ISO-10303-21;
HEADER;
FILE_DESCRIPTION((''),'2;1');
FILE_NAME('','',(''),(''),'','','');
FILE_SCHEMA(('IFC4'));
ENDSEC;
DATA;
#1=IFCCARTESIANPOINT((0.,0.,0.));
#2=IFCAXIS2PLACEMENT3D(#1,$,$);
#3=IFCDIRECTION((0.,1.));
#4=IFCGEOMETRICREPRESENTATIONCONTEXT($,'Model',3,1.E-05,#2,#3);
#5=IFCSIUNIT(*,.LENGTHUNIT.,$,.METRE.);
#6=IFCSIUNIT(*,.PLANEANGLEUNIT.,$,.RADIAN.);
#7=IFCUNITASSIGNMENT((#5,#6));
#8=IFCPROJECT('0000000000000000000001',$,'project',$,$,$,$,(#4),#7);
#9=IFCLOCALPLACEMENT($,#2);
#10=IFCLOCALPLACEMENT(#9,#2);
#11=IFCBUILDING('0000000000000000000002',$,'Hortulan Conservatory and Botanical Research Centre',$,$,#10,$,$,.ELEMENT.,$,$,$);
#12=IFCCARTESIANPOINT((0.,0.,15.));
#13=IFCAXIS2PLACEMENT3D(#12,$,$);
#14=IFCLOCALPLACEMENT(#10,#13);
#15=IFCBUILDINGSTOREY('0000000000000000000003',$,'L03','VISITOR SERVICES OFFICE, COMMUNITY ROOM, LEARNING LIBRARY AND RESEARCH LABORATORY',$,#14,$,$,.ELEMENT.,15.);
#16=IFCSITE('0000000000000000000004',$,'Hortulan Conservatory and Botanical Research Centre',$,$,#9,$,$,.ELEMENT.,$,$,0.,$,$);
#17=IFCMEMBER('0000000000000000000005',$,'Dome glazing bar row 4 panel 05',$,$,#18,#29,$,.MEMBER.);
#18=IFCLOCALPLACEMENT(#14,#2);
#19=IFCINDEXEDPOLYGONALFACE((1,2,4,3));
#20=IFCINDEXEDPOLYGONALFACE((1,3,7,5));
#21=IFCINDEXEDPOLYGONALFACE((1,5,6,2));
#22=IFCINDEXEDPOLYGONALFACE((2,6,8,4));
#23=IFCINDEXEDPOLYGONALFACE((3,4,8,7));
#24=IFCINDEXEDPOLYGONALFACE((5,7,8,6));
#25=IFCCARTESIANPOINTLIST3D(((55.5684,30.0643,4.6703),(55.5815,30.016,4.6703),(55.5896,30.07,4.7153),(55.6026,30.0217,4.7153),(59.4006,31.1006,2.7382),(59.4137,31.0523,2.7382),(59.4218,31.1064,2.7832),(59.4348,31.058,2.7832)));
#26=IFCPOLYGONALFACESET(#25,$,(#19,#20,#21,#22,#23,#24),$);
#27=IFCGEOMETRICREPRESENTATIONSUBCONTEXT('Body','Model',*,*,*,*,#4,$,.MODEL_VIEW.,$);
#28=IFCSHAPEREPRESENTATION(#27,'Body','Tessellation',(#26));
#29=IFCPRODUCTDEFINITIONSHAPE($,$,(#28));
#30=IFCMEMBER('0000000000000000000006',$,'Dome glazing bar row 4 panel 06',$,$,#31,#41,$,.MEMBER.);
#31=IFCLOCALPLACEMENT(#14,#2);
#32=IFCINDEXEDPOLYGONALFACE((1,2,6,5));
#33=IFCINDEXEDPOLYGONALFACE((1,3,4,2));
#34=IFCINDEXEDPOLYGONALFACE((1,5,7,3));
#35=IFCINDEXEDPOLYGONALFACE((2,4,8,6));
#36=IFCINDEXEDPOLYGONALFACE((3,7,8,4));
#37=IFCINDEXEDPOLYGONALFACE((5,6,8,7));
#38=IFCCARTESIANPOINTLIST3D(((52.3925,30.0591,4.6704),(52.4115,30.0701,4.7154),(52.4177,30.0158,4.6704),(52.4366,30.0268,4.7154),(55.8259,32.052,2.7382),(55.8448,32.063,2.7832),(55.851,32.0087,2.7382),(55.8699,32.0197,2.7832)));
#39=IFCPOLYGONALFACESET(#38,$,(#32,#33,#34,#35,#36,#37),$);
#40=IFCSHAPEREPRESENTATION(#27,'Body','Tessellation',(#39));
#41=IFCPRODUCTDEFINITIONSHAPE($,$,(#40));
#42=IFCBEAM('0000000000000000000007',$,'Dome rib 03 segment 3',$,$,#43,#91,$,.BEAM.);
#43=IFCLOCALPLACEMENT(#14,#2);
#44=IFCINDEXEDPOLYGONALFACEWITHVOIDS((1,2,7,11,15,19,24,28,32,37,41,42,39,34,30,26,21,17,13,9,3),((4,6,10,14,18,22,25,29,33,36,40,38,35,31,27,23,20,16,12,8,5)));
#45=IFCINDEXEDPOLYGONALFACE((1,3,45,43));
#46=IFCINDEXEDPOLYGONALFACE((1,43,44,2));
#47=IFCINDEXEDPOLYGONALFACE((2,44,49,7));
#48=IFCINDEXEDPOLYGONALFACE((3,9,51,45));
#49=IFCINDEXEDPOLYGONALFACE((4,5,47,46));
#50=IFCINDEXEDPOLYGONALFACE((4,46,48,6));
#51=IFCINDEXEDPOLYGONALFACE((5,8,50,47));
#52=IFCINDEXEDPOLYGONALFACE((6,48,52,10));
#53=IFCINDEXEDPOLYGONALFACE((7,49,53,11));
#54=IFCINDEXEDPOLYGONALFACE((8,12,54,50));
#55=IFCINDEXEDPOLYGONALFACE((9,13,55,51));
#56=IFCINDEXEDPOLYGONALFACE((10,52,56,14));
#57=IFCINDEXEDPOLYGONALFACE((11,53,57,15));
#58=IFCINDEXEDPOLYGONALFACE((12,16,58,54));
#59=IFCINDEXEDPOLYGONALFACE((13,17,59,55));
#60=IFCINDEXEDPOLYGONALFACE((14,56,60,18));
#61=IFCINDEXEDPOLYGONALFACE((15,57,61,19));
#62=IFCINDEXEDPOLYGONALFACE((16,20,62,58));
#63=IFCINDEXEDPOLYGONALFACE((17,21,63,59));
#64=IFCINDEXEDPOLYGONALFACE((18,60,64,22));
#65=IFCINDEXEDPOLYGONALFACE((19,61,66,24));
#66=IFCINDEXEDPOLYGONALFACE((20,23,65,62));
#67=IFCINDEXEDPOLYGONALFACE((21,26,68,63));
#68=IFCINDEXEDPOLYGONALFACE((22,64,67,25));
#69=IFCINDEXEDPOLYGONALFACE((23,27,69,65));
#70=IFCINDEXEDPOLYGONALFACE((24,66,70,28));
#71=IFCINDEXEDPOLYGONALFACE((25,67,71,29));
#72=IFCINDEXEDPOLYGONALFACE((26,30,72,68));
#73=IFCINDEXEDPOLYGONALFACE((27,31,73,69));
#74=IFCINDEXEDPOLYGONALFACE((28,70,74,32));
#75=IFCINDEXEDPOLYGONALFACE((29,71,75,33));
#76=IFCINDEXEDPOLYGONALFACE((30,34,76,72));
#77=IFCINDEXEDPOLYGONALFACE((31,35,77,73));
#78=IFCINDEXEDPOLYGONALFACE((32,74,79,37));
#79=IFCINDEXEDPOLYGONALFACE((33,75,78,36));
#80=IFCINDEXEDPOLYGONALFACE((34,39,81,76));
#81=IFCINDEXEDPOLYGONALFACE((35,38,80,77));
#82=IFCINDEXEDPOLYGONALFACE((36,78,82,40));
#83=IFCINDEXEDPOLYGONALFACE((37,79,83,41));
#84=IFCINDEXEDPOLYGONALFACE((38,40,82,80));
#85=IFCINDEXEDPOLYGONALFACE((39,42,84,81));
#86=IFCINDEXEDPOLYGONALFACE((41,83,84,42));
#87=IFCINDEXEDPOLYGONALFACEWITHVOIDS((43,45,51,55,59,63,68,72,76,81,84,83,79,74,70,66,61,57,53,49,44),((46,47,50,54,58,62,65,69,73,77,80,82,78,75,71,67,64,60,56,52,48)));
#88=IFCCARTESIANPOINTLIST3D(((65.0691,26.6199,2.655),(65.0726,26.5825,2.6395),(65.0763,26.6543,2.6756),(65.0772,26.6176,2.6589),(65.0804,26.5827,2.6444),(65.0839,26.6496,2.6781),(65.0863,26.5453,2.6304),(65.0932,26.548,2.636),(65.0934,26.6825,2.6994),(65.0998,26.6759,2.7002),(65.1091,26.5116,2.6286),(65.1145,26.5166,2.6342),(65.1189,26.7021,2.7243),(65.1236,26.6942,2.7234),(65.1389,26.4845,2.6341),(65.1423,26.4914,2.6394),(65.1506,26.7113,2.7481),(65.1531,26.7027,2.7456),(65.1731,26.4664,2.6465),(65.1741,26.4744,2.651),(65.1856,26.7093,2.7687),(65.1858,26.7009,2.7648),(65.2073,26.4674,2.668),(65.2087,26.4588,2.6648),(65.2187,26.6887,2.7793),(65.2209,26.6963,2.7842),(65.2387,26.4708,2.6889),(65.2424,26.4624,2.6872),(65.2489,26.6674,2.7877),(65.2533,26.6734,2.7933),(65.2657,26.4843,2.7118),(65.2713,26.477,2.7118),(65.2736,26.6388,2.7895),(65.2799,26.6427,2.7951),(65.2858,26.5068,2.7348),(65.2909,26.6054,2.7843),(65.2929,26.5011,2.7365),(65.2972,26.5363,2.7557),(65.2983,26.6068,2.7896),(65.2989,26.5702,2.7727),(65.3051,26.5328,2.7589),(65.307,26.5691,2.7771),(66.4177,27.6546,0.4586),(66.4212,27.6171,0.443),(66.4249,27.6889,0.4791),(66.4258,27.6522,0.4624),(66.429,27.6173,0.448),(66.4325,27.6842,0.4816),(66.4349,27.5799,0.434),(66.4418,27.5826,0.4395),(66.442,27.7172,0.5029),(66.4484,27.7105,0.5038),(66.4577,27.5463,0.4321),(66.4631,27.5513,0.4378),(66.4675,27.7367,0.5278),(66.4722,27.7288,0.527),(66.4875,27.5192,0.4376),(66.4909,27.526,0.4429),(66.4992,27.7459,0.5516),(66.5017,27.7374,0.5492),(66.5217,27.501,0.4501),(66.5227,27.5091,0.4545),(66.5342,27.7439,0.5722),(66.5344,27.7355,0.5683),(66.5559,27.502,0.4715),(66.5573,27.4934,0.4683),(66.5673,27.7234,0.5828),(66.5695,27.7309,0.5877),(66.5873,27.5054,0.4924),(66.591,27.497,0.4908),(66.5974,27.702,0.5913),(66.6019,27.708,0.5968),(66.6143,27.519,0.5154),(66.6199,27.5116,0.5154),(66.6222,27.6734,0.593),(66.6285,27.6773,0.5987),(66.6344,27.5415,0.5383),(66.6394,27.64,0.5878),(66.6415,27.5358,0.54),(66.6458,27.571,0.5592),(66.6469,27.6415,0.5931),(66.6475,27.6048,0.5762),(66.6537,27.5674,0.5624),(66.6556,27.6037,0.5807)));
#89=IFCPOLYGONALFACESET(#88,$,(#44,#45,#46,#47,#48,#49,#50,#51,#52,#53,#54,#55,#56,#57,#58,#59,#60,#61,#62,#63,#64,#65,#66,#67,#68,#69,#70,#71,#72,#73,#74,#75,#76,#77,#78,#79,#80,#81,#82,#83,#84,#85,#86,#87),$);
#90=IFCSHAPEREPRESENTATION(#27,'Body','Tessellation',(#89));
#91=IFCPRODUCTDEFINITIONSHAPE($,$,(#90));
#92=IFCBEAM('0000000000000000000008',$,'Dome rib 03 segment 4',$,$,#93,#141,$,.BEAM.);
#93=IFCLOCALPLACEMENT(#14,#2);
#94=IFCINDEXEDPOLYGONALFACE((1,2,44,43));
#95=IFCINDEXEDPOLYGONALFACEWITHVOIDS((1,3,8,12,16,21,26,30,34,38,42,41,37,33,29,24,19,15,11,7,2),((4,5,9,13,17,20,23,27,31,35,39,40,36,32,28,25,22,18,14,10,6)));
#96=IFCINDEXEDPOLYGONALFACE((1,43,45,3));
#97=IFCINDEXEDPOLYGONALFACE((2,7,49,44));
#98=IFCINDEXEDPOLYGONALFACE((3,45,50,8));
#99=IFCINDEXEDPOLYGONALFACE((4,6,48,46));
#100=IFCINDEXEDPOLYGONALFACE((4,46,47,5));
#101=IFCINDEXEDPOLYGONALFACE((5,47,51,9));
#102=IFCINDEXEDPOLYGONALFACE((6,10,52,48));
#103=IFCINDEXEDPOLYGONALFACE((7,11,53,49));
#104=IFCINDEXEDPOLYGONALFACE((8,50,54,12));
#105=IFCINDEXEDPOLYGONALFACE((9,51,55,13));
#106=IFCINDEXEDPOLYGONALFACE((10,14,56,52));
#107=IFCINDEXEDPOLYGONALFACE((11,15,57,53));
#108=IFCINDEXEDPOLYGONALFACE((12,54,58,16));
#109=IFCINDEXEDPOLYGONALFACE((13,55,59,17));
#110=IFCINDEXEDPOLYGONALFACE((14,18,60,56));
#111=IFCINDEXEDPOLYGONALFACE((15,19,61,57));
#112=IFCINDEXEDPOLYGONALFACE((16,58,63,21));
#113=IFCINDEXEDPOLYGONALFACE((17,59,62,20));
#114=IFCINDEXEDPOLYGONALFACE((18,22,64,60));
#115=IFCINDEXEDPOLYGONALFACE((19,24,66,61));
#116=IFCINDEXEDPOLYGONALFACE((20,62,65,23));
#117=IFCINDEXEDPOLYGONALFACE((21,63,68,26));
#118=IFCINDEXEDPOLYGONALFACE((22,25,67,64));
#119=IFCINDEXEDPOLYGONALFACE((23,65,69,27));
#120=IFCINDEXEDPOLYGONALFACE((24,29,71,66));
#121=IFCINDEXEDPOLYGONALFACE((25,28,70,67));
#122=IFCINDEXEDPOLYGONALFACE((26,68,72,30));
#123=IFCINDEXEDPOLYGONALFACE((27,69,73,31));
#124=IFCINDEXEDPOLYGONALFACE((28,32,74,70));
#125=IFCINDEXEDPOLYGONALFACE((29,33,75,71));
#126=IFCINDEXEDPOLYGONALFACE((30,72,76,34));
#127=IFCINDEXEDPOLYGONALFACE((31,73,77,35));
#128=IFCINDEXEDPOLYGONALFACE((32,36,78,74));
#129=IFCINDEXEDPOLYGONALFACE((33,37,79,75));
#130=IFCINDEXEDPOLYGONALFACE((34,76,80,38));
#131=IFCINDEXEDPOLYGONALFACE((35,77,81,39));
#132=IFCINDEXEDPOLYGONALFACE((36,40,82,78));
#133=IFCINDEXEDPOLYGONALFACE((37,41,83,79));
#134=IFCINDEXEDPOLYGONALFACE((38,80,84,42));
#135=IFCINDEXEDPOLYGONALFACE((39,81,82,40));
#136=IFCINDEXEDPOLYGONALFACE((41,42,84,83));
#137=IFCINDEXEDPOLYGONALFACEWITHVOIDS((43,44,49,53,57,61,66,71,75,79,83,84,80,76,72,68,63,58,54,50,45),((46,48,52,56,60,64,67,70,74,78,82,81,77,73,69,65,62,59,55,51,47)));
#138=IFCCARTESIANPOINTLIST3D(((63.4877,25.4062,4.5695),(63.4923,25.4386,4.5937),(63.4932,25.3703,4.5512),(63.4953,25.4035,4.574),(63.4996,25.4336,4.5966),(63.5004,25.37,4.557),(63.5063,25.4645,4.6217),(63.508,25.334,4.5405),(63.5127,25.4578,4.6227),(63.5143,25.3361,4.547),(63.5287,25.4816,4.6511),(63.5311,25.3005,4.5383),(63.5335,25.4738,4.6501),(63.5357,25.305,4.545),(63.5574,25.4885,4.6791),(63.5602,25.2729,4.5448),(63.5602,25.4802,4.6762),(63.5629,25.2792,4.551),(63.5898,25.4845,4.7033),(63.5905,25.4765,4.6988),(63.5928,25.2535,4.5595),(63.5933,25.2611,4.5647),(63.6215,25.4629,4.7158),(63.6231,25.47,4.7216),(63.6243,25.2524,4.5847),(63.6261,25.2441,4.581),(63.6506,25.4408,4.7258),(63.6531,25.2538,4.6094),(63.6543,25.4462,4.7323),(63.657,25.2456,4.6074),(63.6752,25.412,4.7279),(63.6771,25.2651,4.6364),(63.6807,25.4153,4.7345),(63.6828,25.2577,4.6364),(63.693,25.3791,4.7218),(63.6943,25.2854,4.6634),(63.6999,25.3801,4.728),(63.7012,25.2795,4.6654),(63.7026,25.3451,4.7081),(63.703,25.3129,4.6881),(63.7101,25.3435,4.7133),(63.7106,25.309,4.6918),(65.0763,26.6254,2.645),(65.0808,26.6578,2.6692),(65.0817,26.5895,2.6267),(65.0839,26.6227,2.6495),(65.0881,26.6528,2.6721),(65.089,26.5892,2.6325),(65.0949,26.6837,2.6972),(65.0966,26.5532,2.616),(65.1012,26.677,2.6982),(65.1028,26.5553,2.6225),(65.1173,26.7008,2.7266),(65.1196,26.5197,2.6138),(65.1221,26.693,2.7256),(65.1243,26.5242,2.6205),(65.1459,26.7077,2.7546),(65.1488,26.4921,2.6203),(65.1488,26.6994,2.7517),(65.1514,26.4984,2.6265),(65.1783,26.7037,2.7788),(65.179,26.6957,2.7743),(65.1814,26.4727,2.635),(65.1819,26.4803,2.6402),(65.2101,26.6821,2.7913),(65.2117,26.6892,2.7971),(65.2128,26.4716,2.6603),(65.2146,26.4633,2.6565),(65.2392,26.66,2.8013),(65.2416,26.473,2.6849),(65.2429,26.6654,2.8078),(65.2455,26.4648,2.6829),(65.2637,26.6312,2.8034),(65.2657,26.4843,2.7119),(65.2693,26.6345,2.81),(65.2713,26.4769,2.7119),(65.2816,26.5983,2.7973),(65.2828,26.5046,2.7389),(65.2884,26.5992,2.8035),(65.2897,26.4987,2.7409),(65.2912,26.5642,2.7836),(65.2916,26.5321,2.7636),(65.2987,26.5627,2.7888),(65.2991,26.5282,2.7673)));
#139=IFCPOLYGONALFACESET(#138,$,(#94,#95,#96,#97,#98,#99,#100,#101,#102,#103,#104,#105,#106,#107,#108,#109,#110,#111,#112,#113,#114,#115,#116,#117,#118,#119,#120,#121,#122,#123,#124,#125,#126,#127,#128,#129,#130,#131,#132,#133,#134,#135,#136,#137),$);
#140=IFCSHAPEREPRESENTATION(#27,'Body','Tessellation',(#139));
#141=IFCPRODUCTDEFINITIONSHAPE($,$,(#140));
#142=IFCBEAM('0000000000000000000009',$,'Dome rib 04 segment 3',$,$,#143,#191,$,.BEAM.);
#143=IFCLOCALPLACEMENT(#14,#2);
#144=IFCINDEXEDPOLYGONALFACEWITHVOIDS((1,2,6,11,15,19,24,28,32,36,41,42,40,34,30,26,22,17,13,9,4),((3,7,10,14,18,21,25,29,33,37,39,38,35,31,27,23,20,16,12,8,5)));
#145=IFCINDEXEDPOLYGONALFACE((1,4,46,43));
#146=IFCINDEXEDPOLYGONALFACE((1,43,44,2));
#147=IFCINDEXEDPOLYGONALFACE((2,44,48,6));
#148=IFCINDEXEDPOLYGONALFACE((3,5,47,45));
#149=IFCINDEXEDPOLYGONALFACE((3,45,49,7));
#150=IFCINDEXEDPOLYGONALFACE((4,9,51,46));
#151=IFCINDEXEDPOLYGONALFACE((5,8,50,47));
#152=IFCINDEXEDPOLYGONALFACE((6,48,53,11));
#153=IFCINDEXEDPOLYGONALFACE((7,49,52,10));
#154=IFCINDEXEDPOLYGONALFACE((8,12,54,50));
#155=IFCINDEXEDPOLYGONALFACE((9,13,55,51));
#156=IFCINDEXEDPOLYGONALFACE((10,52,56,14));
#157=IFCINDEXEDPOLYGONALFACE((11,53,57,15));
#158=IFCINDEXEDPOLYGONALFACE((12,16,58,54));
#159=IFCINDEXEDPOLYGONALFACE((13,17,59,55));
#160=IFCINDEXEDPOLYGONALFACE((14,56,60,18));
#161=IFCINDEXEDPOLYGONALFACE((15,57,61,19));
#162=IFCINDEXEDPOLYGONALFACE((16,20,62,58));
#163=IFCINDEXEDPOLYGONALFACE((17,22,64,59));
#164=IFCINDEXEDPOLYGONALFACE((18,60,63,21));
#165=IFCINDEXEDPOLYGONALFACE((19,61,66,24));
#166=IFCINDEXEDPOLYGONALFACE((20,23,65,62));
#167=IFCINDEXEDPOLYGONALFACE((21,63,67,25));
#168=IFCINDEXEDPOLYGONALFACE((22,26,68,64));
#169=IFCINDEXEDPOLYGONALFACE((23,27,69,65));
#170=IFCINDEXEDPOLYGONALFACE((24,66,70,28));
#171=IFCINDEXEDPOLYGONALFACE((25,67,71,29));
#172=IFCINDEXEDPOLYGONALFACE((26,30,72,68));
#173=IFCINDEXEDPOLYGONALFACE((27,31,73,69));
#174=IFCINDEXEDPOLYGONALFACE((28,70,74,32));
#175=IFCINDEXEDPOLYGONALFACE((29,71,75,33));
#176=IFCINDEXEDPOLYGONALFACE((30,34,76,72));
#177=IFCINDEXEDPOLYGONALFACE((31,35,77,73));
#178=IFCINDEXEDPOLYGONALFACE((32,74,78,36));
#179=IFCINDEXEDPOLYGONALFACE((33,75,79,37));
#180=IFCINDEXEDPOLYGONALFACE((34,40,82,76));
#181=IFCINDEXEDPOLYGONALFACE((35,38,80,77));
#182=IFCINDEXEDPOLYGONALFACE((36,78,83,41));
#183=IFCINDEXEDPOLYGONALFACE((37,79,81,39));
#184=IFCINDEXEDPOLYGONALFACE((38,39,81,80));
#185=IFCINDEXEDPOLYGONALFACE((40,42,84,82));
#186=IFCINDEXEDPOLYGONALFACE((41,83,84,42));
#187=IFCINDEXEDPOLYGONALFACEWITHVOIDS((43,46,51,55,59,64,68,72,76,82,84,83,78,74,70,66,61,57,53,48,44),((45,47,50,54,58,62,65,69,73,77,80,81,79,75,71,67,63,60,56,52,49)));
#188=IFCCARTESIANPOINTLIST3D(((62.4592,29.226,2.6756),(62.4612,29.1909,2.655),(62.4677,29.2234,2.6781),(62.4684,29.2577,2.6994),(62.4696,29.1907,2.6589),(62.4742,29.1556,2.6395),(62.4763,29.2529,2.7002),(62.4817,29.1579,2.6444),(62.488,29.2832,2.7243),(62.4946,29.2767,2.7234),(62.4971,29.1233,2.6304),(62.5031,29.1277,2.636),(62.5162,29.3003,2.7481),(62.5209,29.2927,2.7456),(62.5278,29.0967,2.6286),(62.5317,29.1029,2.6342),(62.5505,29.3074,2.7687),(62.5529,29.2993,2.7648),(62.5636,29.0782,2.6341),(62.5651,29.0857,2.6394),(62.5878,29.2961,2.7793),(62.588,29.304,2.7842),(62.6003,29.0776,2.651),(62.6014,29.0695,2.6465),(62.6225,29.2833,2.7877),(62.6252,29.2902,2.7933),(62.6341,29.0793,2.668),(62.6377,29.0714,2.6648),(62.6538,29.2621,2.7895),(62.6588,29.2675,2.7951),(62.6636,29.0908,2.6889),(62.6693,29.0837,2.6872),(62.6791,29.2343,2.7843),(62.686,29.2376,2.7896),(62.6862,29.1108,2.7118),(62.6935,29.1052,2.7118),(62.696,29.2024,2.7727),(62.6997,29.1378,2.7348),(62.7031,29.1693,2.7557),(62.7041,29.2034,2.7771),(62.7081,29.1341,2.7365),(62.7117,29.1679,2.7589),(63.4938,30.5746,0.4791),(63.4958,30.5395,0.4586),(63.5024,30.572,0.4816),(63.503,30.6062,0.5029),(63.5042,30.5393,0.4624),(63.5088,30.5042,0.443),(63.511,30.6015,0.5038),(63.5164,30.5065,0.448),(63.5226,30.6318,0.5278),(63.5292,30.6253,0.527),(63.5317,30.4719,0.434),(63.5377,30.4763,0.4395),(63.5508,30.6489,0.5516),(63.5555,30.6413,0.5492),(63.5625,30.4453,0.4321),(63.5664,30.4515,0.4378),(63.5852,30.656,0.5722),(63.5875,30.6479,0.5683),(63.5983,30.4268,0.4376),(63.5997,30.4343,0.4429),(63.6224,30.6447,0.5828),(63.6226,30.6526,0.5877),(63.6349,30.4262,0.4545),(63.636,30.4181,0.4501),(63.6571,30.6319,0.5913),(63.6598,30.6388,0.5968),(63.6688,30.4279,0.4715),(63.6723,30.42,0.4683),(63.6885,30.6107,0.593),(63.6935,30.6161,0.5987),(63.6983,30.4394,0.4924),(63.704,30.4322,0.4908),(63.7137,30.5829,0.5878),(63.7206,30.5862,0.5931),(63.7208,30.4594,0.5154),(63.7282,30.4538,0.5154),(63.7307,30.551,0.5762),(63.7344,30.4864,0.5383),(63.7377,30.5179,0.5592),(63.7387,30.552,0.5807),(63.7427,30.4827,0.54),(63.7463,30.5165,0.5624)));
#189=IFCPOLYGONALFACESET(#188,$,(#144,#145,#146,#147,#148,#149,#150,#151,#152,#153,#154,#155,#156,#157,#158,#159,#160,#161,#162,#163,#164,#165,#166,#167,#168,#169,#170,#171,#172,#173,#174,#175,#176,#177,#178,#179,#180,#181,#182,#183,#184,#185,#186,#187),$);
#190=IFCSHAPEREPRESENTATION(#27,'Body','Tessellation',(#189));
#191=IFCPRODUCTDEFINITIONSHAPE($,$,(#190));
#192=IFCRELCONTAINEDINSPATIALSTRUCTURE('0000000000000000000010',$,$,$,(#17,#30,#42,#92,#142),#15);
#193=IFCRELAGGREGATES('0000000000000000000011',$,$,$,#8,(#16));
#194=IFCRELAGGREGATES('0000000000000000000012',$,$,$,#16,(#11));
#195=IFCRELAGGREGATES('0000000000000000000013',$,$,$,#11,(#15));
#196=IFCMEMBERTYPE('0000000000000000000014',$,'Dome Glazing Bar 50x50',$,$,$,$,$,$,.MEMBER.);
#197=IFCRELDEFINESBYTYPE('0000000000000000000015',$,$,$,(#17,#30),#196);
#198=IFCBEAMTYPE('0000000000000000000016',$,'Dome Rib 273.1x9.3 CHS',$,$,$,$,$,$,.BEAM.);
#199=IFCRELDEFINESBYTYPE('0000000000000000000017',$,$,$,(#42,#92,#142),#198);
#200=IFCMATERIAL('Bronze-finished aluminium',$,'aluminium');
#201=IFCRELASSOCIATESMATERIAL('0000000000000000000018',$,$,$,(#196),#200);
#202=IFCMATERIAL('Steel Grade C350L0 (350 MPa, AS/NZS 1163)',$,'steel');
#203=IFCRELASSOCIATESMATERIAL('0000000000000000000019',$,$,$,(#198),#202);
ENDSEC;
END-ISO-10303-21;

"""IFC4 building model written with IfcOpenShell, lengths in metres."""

from ifc_helpers import new_model, si_unit, direction, frame, origin, origin_2d, place, context, subcontext, project, spatial, rectangle, hollow_circle, extrude, material, material_profile, profile_set, type_object, element, save


model = new_model("IFC4")

# Units and contexts
model_context = context("Model", 3, precision=1e-05, world=origin(), true_north=direction((0.0, 1.0)))
body_context = subcontext(model_context, "Body", "Model", "MODEL_VIEW")
ifc_project = project(units=[si_unit("LENGTHUNIT", "METRE"), si_unit("PLANEANGLEUNIT", "RADIAN")], contexts=[model_context])

# Site, building, storey
site_placement = place(None, origin())
site = spatial("IfcSite", under=ifc_project, at=site_placement, Name="Hortulan Conservatory and Botanical Research Centre", CompositionType="ELEMENT", RefElevation=0.0)
building_placement = place(site_placement, origin())
building = spatial("IfcBuilding", under=site, at=building_placement, Name="Hortulan Conservatory and Botanical Research Centre", CompositionType="ELEMENT")
storey_placement = place(building_placement, frame((0.0, 0.0, 15.0)))
storey = spatial("IfcBuildingStorey", under=building, at=storey_placement, Name="L03", Description="VISITOR SERVICES OFFICE, COMMUNITY ROOM, LEARNING LIBRARY AND RESEARCH LABORATORY", CompositionType="ELEMENT", Elevation=15.0)

# Members
ifc_material_1 = material(Name="Bronze-finished aluminium", Category="aluminium")
ifc_material_profile_1 = material_profile(ifc_material_1, rectangle(XDim=0.05, YDim=0.05, at=origin_2d()), Name="Square bar 50x50")
ifc_profile_set_1 = profile_set([ifc_material_profile_1], Name="Bronze-finished aluminium")
member_type_1 = type_object("IfcMemberType", Name="Dome Glazing Bar 50x50", PredefinedType="MEMBER", material=ifc_profile_set_1)
for number, where, z_axis, x_axis, name in (
    (1, (59.4177, 31.0793, 2.7607), (-0.867983, -0.234732, 0.437614), (0.261056, -0.965324, 0.0), "Dome glazing bar row 4 panel 05"),
    (2, (55.8479, 32.0359, 2.7607), (-0.777645, -0.451392, 0.437622), (0.502015, -0.864859, 0.0), "Dome glazing bar row 4 panel 06"),
):
    element("IfcMember", number, at=place(storey_placement, frame(where, z_axis=z_axis, x_axis=x_axis)), inside=storey, type_object=member_type_1, Name=name, PredefinedType="MEMBER", context=body_context, shape_type="SweptSolid", body=[
        extrude(rectangle(XDim=0.05, YDim=0.05, at=origin_2d()), origin(), (0.0, 0.0, 1.0), 4.415),
    ])

# Beams
ifc_material_2 = material(Name="Steel Grade C350L0 (350 MPa, AS/NZS 1163)", Category="steel")
ifc_material_profile_2 = material_profile(ifc_material_2, hollow_circle(Radius=0.1365, WallThickness=0.0093, at=origin_2d()), Name="273.1x9.3CHS")
ifc_profile_set_2 = profile_set([ifc_material_profile_2], Name="Steel Grade C350L0 (350 MPa, AS/NZS 1163)")
beam_type = type_object("IfcBeamType", Name="Dome Rib 273.1x9.3 CHS", PredefinedType="BEAM", material=ifc_profile_set_2)
for number, where, z_axis, x_axis, name in (
    (3, (66.5369, 27.6199, 0.5154), (-0.485569, -0.372527, 0.790852), (0.608697, -0.793403, 0.0), "Dome rib 03 segment 3"),
    (4, (65.1882, 26.5852, 2.7119), (-0.571973, -0.438978, 0.692925), (0.608838, -0.793294, 0.0), "Dome rib 03 segment 4"),
    (5, (63.6199, 30.5369, 0.5154), (-0.372527, -0.485569, 0.790852), (0.793403, -0.608697, 0.0), "Dome rib 04 segment 3"),
):
    element("IfcBeam", number, at=place(storey_placement, frame(where, z_axis=z_axis, x_axis=x_axis)), inside=storey, type_object=beam_type, Name=name, PredefinedType="BEAM", context=body_context, shape_type="SweptSolid", body=[
        extrude(hollow_circle(Radius=0.1365, WallThickness=0.0093, at=origin_2d()), origin(), (0.0, 0.0, 1.0), 2.7773),
    ])

save(model, "model.ifc")
